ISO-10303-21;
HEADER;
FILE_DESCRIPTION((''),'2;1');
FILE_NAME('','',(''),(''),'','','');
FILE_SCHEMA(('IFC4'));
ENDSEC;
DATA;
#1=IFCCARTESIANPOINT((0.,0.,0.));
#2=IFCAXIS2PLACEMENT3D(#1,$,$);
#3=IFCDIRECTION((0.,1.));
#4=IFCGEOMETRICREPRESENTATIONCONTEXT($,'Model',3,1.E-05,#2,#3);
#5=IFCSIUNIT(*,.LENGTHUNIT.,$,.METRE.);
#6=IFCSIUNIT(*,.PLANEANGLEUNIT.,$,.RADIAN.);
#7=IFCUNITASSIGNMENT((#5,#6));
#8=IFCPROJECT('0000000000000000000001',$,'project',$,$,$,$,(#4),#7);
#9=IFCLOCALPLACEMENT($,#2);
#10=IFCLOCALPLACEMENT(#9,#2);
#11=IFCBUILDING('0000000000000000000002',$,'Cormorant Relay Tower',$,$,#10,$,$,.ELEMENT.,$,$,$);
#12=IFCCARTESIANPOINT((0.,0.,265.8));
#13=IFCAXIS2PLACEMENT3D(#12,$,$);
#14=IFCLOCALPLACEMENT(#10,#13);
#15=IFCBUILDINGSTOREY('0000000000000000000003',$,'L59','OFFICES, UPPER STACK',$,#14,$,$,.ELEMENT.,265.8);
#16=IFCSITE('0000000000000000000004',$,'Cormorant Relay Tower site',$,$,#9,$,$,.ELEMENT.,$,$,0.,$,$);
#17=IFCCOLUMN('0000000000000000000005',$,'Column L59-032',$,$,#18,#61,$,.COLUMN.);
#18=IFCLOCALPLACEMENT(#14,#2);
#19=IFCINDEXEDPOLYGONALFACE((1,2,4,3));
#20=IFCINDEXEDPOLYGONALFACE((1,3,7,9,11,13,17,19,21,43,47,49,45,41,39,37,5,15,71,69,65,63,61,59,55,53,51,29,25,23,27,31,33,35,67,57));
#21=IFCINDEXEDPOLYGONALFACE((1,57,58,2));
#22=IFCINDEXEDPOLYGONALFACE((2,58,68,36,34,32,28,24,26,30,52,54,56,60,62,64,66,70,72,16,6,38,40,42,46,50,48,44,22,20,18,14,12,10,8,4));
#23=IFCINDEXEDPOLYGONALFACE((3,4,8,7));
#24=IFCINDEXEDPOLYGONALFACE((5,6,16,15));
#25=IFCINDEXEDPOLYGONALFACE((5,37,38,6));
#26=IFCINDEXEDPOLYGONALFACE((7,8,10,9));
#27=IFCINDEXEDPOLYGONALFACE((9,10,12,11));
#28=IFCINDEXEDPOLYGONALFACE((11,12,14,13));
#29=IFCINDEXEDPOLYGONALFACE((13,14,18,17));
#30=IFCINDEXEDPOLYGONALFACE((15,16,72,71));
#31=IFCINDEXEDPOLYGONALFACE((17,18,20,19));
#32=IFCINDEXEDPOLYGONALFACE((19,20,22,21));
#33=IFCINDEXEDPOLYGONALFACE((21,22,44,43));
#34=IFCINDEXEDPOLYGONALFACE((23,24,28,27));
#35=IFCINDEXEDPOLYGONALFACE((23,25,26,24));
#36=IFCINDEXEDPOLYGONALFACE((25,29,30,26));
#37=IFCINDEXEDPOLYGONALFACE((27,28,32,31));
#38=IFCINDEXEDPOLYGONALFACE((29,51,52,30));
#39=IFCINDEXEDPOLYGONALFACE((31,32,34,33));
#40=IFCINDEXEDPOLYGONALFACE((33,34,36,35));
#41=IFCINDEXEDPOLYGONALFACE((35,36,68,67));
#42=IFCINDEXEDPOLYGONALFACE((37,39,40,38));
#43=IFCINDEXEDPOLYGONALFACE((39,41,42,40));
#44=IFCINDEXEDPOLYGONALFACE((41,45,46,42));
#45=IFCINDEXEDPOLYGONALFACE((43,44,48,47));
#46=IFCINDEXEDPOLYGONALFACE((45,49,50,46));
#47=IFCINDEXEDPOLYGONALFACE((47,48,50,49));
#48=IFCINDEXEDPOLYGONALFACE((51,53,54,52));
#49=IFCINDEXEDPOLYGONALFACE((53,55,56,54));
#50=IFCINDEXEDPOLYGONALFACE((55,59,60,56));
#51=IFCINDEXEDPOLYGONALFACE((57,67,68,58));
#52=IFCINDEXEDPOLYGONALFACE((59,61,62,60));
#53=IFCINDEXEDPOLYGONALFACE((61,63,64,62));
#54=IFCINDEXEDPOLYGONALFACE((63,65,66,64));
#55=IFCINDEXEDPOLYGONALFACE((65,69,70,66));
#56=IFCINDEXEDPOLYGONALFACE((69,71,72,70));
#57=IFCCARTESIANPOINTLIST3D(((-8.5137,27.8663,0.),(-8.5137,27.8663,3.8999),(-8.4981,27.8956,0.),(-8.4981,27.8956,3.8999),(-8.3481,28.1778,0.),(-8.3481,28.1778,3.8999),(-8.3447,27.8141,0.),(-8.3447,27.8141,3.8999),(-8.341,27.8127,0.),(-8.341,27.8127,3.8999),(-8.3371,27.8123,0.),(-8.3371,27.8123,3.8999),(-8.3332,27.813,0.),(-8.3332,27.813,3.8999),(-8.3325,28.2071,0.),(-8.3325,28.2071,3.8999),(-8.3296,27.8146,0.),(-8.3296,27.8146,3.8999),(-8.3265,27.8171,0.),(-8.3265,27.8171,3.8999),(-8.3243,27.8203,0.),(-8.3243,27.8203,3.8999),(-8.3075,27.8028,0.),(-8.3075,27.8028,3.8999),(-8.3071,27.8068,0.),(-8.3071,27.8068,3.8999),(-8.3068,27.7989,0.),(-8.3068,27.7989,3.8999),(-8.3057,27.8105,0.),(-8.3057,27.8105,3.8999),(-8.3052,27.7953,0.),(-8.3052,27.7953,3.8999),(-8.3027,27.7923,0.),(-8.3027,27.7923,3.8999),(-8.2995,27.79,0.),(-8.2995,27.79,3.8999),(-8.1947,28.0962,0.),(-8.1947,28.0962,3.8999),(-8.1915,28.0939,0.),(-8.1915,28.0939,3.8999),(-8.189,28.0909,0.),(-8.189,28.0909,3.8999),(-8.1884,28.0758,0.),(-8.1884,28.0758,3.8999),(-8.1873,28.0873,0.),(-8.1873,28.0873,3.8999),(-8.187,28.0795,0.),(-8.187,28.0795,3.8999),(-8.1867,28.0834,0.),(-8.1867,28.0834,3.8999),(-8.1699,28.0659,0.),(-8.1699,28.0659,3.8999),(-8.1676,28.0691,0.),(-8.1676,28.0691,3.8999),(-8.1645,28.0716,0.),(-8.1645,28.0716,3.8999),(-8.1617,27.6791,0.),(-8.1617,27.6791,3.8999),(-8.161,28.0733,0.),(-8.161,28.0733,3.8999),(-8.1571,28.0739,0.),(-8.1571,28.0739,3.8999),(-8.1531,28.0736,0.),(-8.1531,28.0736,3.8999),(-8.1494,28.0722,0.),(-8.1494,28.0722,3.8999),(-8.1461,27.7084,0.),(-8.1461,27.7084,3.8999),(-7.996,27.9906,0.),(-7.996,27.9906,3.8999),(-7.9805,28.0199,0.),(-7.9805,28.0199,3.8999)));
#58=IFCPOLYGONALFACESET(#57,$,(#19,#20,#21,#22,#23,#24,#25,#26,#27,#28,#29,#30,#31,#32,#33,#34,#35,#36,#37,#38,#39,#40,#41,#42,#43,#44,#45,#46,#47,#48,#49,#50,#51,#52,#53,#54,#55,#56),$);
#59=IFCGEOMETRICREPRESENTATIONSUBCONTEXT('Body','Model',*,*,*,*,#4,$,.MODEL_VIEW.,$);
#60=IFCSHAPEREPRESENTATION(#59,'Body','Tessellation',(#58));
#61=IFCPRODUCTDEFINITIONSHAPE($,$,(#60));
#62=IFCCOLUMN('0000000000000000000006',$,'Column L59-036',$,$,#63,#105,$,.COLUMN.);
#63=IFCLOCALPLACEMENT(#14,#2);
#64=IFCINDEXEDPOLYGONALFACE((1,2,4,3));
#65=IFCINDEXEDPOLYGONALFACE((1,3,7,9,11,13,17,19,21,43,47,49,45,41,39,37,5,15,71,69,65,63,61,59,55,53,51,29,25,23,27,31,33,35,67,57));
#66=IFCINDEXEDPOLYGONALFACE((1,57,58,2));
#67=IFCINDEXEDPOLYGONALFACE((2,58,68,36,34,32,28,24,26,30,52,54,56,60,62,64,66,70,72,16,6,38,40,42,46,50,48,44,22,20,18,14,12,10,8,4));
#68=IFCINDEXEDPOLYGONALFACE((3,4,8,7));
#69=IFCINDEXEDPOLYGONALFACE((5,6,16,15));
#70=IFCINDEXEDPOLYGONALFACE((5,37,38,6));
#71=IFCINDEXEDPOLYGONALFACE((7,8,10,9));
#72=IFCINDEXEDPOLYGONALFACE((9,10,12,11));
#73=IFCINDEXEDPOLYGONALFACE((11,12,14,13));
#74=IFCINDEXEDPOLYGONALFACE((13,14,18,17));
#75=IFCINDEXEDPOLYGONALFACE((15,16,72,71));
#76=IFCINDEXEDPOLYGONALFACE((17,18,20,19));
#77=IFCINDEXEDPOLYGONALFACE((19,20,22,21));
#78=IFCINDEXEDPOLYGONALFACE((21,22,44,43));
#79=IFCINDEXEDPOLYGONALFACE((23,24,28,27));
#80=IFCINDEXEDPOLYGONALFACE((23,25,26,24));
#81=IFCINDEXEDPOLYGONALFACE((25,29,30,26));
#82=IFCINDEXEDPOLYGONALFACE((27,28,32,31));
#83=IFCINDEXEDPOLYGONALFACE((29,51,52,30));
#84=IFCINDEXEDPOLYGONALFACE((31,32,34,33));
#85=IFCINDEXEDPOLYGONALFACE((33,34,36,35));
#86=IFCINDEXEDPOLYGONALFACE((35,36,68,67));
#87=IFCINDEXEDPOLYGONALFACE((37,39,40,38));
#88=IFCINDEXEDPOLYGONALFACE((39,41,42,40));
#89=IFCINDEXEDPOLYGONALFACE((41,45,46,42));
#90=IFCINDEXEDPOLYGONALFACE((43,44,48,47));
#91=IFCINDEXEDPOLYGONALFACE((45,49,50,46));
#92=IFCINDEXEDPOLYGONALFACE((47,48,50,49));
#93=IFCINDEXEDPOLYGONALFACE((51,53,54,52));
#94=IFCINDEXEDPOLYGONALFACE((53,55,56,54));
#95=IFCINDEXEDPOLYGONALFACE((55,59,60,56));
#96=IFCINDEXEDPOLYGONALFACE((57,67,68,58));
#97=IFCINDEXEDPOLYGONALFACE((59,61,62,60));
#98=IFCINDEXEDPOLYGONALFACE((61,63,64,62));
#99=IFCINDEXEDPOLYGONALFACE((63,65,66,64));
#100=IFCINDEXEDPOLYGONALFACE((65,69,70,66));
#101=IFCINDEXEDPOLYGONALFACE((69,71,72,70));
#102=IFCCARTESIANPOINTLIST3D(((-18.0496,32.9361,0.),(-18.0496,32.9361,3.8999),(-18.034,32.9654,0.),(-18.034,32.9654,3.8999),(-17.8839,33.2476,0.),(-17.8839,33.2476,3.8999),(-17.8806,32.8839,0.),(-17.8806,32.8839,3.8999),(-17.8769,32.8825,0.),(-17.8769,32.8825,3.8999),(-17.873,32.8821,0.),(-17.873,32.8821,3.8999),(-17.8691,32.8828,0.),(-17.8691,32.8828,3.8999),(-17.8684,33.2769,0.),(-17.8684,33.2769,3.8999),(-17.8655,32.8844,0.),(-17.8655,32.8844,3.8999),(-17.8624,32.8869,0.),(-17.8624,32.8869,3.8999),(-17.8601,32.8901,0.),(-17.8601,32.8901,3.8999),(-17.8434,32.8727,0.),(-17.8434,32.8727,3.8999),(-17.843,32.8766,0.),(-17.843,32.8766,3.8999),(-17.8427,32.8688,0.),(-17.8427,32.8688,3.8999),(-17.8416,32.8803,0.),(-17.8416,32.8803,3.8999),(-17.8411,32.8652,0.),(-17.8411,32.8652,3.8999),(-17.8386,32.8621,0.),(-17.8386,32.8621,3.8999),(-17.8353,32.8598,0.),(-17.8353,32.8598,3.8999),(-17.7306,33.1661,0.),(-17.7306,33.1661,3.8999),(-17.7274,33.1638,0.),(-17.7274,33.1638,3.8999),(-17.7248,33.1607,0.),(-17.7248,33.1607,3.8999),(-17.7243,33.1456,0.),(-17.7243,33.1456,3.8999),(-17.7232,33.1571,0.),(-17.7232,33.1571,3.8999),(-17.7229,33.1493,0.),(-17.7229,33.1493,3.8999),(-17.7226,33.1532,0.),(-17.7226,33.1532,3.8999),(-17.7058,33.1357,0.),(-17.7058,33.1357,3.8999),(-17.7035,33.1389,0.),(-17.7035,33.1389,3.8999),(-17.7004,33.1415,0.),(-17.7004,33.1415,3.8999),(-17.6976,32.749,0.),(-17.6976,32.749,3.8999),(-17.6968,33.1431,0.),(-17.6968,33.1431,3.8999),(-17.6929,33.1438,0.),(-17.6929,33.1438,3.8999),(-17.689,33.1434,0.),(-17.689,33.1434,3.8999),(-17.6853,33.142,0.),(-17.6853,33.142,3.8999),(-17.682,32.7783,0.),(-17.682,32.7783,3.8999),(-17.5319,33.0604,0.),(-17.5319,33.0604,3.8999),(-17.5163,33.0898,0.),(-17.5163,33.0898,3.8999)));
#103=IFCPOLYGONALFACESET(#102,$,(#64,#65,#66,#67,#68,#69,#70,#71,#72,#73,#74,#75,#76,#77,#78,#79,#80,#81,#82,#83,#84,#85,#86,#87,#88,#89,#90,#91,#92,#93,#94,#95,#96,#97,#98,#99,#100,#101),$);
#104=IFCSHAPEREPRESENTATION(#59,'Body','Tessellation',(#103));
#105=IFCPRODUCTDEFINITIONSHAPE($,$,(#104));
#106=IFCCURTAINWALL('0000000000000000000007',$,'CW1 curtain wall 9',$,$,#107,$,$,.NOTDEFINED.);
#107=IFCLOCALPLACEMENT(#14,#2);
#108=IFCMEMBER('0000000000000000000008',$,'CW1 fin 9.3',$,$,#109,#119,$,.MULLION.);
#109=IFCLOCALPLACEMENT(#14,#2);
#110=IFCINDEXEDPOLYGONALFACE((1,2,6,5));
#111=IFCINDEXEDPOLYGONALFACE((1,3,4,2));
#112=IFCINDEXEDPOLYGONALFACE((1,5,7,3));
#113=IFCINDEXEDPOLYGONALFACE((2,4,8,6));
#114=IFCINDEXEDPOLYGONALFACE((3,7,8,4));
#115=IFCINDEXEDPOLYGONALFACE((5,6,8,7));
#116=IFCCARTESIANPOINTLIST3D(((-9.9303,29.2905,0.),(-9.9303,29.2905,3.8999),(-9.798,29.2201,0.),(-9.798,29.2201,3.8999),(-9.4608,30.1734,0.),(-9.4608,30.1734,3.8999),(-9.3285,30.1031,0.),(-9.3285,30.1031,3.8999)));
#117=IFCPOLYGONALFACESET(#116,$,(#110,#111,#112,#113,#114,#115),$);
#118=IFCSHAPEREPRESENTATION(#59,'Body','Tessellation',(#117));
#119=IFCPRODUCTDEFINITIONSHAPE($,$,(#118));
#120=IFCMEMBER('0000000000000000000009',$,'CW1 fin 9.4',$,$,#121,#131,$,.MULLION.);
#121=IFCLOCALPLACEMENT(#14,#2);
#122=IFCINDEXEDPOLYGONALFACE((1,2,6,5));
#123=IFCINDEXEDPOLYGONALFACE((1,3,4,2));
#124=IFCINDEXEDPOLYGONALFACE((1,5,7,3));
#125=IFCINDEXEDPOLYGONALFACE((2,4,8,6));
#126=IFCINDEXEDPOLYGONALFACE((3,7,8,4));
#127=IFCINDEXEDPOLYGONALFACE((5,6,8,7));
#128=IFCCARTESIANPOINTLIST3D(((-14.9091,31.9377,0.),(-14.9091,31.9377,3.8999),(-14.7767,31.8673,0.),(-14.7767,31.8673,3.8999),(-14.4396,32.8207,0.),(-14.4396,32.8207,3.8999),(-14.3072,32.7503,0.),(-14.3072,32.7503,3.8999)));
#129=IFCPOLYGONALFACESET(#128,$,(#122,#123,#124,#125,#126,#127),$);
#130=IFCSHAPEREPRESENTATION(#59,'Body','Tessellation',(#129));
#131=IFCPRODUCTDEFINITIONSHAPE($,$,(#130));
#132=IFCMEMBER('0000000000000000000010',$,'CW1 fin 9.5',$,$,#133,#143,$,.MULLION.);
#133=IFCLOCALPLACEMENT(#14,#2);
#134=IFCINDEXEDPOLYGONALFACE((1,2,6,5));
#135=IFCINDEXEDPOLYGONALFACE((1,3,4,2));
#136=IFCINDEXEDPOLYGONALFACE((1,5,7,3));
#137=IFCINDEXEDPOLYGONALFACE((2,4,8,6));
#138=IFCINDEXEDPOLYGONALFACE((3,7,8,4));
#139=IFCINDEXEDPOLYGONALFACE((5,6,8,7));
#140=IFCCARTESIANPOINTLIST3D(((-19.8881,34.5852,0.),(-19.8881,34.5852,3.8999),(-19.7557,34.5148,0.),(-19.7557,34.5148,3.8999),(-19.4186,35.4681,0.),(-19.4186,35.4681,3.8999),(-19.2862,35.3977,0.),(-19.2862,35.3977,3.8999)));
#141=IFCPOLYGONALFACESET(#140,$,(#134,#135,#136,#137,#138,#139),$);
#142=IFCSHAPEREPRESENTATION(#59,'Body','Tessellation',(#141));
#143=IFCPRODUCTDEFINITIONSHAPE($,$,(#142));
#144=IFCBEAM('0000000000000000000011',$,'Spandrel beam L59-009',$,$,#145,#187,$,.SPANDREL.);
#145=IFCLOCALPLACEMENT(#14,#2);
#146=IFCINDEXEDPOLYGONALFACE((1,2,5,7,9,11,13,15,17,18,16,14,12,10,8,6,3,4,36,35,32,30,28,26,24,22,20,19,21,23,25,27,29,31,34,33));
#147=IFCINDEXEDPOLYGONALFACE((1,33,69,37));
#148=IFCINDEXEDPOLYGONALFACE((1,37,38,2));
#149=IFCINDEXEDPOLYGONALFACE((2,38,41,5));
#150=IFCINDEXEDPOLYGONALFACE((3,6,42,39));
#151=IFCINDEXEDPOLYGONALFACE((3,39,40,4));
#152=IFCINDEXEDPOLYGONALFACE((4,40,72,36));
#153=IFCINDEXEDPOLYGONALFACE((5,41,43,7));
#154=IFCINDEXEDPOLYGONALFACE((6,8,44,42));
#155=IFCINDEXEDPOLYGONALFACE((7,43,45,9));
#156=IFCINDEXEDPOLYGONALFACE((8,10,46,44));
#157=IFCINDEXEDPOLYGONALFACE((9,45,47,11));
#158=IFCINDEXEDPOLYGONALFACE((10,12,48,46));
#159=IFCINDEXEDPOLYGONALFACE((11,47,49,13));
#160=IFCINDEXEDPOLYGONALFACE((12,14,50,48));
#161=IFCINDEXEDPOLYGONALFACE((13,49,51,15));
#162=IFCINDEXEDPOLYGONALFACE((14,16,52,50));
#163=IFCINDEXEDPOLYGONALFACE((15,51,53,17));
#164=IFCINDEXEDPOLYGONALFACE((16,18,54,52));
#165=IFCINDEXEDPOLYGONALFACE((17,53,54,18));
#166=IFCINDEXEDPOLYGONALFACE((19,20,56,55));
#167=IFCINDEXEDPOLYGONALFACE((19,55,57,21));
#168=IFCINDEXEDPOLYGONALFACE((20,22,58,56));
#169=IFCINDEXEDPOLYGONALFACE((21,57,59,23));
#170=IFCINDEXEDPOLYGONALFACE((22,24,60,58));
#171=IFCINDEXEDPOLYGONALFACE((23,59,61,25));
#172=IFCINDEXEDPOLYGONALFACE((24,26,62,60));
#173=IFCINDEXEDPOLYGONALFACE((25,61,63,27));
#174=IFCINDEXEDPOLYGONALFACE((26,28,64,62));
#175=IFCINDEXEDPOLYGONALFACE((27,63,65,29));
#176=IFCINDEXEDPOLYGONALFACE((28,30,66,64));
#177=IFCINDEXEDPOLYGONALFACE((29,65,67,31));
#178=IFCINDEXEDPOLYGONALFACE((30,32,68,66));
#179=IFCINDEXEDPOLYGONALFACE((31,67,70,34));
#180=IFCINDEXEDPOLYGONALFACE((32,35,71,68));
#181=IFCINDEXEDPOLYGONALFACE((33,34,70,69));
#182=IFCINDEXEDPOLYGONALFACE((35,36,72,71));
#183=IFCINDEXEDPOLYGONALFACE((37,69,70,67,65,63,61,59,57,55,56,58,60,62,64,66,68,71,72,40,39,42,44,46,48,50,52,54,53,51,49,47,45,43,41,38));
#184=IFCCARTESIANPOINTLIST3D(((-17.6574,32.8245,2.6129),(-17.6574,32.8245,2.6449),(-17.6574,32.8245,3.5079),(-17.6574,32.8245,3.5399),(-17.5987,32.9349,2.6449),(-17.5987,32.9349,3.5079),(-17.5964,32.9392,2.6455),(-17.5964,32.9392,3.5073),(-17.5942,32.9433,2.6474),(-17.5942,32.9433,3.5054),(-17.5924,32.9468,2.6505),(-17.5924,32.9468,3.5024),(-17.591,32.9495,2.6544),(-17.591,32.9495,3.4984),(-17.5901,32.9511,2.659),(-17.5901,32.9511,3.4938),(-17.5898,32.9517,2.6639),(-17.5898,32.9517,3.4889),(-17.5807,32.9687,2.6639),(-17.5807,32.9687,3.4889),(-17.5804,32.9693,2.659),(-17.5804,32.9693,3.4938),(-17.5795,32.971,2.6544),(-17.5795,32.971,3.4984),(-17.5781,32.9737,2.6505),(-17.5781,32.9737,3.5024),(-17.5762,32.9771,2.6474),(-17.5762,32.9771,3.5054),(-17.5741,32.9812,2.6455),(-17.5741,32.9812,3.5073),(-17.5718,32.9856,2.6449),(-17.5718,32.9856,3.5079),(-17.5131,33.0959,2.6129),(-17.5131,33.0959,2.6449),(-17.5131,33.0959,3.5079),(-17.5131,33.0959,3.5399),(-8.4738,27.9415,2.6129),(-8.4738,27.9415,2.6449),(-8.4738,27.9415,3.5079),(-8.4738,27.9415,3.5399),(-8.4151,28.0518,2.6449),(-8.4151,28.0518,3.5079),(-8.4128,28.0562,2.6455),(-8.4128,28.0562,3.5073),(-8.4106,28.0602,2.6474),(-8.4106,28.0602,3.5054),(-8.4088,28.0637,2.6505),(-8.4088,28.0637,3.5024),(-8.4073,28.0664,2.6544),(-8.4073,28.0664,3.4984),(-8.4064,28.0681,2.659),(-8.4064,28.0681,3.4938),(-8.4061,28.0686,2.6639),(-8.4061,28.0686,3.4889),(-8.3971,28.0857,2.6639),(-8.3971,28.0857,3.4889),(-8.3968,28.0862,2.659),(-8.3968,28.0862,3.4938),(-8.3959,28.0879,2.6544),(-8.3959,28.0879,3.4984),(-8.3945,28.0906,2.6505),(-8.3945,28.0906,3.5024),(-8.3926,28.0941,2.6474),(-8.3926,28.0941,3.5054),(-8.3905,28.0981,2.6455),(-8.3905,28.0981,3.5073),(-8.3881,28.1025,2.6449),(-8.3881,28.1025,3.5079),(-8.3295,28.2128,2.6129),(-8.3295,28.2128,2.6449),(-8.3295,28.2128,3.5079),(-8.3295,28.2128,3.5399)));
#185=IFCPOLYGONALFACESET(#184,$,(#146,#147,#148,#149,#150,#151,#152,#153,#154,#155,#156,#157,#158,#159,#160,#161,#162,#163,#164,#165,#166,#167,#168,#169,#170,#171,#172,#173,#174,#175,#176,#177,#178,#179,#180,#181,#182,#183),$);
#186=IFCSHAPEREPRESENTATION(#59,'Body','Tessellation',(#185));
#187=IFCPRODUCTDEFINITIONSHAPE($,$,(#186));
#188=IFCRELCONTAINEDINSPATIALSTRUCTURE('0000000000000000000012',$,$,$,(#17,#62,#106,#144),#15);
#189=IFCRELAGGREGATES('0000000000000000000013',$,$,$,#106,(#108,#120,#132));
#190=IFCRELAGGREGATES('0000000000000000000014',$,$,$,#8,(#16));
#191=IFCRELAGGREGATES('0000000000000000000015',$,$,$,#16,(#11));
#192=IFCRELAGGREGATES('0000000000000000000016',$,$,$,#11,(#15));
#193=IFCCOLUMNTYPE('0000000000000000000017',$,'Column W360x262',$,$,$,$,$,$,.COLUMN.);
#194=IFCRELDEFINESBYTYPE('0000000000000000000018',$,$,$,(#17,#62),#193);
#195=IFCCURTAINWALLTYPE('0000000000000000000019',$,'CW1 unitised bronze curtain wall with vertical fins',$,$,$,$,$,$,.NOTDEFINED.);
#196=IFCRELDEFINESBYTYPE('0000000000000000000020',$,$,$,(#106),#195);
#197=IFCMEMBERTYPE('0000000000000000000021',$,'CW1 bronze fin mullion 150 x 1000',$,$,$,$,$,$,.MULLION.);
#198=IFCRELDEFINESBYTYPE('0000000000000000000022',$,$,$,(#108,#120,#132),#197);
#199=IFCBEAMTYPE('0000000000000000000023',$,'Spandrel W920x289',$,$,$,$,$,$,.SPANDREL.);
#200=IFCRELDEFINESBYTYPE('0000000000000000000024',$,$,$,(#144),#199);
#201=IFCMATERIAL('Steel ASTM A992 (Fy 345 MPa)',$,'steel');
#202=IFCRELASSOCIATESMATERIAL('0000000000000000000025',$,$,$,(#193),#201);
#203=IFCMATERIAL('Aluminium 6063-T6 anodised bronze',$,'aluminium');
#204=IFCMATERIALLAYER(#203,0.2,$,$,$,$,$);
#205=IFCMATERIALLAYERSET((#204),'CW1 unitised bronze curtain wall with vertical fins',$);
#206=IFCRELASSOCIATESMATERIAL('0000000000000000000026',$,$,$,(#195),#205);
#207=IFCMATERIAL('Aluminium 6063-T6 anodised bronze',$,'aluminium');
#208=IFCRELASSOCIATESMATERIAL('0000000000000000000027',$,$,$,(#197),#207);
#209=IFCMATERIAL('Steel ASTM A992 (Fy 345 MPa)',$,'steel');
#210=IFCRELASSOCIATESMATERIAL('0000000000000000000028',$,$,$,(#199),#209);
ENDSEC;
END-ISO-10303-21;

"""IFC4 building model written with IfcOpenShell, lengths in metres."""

from ifc_helpers import new_model, si_unit, direction, frame, origin, origin_2d, place, context, subcontext, project, spatial, rectangle, i_section, extrude, material, layer, layer_set, material_profile, profile_set, type_object, element, aggregate, save


model = new_model("IFC4")

# Units and contexts
model_context = context("Model", 3, precision=1e-05, world=origin(), true_north=direction((0.0, 1.0)))
body_context = subcontext(model_context, "Body", "Model", "MODEL_VIEW")
ifc_project = project(units=[si_unit("LENGTHUNIT", "METRE"), si_unit("PLANEANGLEUNIT", "RADIAN")], contexts=[model_context])

# Site, building, storey
site_placement = place(None, origin())
site = spatial("IfcSite", under=ifc_project, at=site_placement, Name="Cormorant Relay Tower site", CompositionType="ELEMENT", RefElevation=0.0)
building_placement = place(site_placement, origin())
building = spatial("IfcBuilding", under=site, at=building_placement, Name="Cormorant Relay Tower", CompositionType="ELEMENT")
storey_placement = place(building_placement, frame((0.0, 0.0, 265.8)))
storey = spatial("IfcBuildingStorey", under=building, at=storey_placement, Name="L59", Description="OFFICES, UPPER STACK", CompositionType="ELEMENT", Elevation=265.8)

# Columns
ifc_material_1 = material(Name="Steel ASTM A992 (Fy 345 MPa)", Category="steel")
ifc_material_profile_1 = material_profile(ifc_material_1, i_section(OverallWidth=0.3987, OverallDepth=0.386, WebThickness=0.021, FlangeThickness=0.0332, FilletRadius=0.0151, at=origin_2d()), Name="W360x262")
ifc_profile_set_1 = profile_set([ifc_material_profile_1], Name="Steel ASTM A992 (Fy 345 MPa)")
column_type = type_object("IfcColumnType", Name="Column W360x262", PredefinedType="COLUMN", material=ifc_profile_set_1)
for number, where, z_axis, x_axis, name in (
    (1, (-8.2471, 27.9431, 0.0), (0.0, 0.0, 1.0), (-0.882948, 0.469472, 0.0), "Column L59-032"),
    (2, (-17.783, 33.0129, 0.0), (0.0, 0.0, 1.0), (-0.882948, 0.469472, 0.0), "Column L59-036"),
):
    element("IfcColumn", number, at=place(storey_placement, frame(where, z_axis=z_axis, x_axis=x_axis)), inside=storey, type_object=column_type, Name=name, PredefinedType="COLUMN", context=body_context, shape_type="SweptSolid", body=[
        extrude(i_section(OverallWidth=0.3987, OverallDepth=0.386, WebThickness=0.021, FlangeThickness=0.0332, FilletRadius=0.0151, at=origin_2d()), origin(), (0.0, 0.0, 1.0), 3.8999),
    ])

# Curtain wall, members
ifc_material_2 = material(Name="Aluminium 6063-T6 anodised bronze", Category="aluminium")
ifc_layer_1 = layer(ifc_material_2, 0.2)
ifc_layer_set_1 = layer_set([ifc_layer_1], Name="CW1 unitised bronze curtain wall with vertical fins")
curtain_wall_type = type_object("IfcCurtainWallType", Name="CW1 unitised bronze curtain wall with vertical fins", PredefinedType="NOTDEFINED", material=ifc_layer_set_1)
curtain_wall_placement = place(storey_placement, origin())
curtain_wall = element("IfcCurtainWall", 3, at=curtain_wall_placement, inside=storey, type_object=curtain_wall_type, Name="CW1 curtain wall 9", PredefinedType="NOTDEFINED")
ifc_material_3 = material(Name="Aluminium 6063-T6 anodised bronze", Category="aluminium")
ifc_material_profile_2 = material_profile(ifc_material_3, rectangle(XDim=0.1499, YDim=1.0, at=origin_2d()), Name="AL 150x1000")
ifc_profile_set_2 = profile_set([ifc_material_profile_2], Name="Aluminium 6063-T6 anodised bronze")
member_type = type_object("IfcMemberType", Name="CW1 bronze fin mullion 150 x 1000", PredefinedType="MULLION", material=ifc_profile_set_2)
member_1_placement = place(storey_placement, frame((-9.6294, 29.6968, 0.0), z_axis=(0.0, 0.0, 1.0), x_axis=(-0.882948, 0.469472, 0.0)))
member_1 = element("IfcMember", 4, at=member_1_placement, type_object=member_type, Name="CW1 fin 9.3", PredefinedType="MULLION", context=body_context, shape_type="SweptSolid", body=[
    extrude(rectangle(XDim=0.1499, YDim=1.0, at=origin_2d()), origin(), (0.0, 0.0, 1.0), 3.8999),
])
member_2_placement = place(storey_placement, frame((-14.6082, 32.344, 0.0), z_axis=(0.0, 0.0, 1.0), x_axis=(-0.882948, 0.469472, 0.0)))
member_2 = element("IfcMember", 5, at=member_2_placement, type_object=member_type, Name="CW1 fin 9.4", PredefinedType="MULLION", context=body_context, shape_type="SweptSolid", body=[
    extrude(rectangle(XDim=0.1499, YDim=1.0, at=origin_2d()), origin(), (0.0, 0.0, 1.0), 3.8999),
])
member_3_placement = place(storey_placement, frame((-19.5872, 34.9915, 0.0), z_axis=(0.0, 0.0, 1.0), x_axis=(-0.882948, 0.469472, 0.0)))
member_3 = element("IfcMember", 6, at=member_3_placement, type_object=member_type, Name="CW1 fin 9.5", PredefinedType="MULLION", context=body_context, shape_type="SweptSolid", body=[
    extrude(rectangle(XDim=0.1499, YDim=1.0, at=origin_2d()), origin(), (0.0, 0.0, 1.0), 3.8999),
])

# Beam
ifc_material_4 = material(Name="Steel ASTM A992 (Fy 345 MPa)", Category="steel")
ifc_material_profile_3 = material_profile(ifc_material_4, i_section(OverallWidth=0.3074, OverallDepth=0.927, WebThickness=0.0193, FlangeThickness=0.032, FilletRadius=0.019, at=origin_2d()), Name="W920x289")
ifc_profile_set_3 = profile_set([ifc_material_profile_3], Name="Steel ASTM A992 (Fy 345 MPa)")
beam_type_1 = type_object("IfcBeamType", Name="Spandrel W920x289", PredefinedType="SPANDREL", material=ifc_profile_set_3)
beam_1_placement = place(storey_placement, frame((-8.4016, 28.0771, 3.0764), z_axis=(-0.882945, 0.469476, 0.0), x_axis=(-0.469476, -0.882945, 0.0)))
element("IfcBeam", 7, at=beam_1_placement, inside=storey, type_object=beam_type_1, Name="Spandrel beam L59-009", PredefinedType="SPANDREL", context=body_context, shape_type="SweptSolid", body=[
    extrude(i_section(OverallWidth=0.3074, OverallDepth=0.927, WebThickness=0.0193, FlangeThickness=0.032, FilletRadius=0.019, at=origin_2d()), origin(), (0.0, 0.0, 1.0), 10.4011),
])

aggregate(curtain_wall, [member_1, member_2, member_3])

save(model, "model.ifc")
